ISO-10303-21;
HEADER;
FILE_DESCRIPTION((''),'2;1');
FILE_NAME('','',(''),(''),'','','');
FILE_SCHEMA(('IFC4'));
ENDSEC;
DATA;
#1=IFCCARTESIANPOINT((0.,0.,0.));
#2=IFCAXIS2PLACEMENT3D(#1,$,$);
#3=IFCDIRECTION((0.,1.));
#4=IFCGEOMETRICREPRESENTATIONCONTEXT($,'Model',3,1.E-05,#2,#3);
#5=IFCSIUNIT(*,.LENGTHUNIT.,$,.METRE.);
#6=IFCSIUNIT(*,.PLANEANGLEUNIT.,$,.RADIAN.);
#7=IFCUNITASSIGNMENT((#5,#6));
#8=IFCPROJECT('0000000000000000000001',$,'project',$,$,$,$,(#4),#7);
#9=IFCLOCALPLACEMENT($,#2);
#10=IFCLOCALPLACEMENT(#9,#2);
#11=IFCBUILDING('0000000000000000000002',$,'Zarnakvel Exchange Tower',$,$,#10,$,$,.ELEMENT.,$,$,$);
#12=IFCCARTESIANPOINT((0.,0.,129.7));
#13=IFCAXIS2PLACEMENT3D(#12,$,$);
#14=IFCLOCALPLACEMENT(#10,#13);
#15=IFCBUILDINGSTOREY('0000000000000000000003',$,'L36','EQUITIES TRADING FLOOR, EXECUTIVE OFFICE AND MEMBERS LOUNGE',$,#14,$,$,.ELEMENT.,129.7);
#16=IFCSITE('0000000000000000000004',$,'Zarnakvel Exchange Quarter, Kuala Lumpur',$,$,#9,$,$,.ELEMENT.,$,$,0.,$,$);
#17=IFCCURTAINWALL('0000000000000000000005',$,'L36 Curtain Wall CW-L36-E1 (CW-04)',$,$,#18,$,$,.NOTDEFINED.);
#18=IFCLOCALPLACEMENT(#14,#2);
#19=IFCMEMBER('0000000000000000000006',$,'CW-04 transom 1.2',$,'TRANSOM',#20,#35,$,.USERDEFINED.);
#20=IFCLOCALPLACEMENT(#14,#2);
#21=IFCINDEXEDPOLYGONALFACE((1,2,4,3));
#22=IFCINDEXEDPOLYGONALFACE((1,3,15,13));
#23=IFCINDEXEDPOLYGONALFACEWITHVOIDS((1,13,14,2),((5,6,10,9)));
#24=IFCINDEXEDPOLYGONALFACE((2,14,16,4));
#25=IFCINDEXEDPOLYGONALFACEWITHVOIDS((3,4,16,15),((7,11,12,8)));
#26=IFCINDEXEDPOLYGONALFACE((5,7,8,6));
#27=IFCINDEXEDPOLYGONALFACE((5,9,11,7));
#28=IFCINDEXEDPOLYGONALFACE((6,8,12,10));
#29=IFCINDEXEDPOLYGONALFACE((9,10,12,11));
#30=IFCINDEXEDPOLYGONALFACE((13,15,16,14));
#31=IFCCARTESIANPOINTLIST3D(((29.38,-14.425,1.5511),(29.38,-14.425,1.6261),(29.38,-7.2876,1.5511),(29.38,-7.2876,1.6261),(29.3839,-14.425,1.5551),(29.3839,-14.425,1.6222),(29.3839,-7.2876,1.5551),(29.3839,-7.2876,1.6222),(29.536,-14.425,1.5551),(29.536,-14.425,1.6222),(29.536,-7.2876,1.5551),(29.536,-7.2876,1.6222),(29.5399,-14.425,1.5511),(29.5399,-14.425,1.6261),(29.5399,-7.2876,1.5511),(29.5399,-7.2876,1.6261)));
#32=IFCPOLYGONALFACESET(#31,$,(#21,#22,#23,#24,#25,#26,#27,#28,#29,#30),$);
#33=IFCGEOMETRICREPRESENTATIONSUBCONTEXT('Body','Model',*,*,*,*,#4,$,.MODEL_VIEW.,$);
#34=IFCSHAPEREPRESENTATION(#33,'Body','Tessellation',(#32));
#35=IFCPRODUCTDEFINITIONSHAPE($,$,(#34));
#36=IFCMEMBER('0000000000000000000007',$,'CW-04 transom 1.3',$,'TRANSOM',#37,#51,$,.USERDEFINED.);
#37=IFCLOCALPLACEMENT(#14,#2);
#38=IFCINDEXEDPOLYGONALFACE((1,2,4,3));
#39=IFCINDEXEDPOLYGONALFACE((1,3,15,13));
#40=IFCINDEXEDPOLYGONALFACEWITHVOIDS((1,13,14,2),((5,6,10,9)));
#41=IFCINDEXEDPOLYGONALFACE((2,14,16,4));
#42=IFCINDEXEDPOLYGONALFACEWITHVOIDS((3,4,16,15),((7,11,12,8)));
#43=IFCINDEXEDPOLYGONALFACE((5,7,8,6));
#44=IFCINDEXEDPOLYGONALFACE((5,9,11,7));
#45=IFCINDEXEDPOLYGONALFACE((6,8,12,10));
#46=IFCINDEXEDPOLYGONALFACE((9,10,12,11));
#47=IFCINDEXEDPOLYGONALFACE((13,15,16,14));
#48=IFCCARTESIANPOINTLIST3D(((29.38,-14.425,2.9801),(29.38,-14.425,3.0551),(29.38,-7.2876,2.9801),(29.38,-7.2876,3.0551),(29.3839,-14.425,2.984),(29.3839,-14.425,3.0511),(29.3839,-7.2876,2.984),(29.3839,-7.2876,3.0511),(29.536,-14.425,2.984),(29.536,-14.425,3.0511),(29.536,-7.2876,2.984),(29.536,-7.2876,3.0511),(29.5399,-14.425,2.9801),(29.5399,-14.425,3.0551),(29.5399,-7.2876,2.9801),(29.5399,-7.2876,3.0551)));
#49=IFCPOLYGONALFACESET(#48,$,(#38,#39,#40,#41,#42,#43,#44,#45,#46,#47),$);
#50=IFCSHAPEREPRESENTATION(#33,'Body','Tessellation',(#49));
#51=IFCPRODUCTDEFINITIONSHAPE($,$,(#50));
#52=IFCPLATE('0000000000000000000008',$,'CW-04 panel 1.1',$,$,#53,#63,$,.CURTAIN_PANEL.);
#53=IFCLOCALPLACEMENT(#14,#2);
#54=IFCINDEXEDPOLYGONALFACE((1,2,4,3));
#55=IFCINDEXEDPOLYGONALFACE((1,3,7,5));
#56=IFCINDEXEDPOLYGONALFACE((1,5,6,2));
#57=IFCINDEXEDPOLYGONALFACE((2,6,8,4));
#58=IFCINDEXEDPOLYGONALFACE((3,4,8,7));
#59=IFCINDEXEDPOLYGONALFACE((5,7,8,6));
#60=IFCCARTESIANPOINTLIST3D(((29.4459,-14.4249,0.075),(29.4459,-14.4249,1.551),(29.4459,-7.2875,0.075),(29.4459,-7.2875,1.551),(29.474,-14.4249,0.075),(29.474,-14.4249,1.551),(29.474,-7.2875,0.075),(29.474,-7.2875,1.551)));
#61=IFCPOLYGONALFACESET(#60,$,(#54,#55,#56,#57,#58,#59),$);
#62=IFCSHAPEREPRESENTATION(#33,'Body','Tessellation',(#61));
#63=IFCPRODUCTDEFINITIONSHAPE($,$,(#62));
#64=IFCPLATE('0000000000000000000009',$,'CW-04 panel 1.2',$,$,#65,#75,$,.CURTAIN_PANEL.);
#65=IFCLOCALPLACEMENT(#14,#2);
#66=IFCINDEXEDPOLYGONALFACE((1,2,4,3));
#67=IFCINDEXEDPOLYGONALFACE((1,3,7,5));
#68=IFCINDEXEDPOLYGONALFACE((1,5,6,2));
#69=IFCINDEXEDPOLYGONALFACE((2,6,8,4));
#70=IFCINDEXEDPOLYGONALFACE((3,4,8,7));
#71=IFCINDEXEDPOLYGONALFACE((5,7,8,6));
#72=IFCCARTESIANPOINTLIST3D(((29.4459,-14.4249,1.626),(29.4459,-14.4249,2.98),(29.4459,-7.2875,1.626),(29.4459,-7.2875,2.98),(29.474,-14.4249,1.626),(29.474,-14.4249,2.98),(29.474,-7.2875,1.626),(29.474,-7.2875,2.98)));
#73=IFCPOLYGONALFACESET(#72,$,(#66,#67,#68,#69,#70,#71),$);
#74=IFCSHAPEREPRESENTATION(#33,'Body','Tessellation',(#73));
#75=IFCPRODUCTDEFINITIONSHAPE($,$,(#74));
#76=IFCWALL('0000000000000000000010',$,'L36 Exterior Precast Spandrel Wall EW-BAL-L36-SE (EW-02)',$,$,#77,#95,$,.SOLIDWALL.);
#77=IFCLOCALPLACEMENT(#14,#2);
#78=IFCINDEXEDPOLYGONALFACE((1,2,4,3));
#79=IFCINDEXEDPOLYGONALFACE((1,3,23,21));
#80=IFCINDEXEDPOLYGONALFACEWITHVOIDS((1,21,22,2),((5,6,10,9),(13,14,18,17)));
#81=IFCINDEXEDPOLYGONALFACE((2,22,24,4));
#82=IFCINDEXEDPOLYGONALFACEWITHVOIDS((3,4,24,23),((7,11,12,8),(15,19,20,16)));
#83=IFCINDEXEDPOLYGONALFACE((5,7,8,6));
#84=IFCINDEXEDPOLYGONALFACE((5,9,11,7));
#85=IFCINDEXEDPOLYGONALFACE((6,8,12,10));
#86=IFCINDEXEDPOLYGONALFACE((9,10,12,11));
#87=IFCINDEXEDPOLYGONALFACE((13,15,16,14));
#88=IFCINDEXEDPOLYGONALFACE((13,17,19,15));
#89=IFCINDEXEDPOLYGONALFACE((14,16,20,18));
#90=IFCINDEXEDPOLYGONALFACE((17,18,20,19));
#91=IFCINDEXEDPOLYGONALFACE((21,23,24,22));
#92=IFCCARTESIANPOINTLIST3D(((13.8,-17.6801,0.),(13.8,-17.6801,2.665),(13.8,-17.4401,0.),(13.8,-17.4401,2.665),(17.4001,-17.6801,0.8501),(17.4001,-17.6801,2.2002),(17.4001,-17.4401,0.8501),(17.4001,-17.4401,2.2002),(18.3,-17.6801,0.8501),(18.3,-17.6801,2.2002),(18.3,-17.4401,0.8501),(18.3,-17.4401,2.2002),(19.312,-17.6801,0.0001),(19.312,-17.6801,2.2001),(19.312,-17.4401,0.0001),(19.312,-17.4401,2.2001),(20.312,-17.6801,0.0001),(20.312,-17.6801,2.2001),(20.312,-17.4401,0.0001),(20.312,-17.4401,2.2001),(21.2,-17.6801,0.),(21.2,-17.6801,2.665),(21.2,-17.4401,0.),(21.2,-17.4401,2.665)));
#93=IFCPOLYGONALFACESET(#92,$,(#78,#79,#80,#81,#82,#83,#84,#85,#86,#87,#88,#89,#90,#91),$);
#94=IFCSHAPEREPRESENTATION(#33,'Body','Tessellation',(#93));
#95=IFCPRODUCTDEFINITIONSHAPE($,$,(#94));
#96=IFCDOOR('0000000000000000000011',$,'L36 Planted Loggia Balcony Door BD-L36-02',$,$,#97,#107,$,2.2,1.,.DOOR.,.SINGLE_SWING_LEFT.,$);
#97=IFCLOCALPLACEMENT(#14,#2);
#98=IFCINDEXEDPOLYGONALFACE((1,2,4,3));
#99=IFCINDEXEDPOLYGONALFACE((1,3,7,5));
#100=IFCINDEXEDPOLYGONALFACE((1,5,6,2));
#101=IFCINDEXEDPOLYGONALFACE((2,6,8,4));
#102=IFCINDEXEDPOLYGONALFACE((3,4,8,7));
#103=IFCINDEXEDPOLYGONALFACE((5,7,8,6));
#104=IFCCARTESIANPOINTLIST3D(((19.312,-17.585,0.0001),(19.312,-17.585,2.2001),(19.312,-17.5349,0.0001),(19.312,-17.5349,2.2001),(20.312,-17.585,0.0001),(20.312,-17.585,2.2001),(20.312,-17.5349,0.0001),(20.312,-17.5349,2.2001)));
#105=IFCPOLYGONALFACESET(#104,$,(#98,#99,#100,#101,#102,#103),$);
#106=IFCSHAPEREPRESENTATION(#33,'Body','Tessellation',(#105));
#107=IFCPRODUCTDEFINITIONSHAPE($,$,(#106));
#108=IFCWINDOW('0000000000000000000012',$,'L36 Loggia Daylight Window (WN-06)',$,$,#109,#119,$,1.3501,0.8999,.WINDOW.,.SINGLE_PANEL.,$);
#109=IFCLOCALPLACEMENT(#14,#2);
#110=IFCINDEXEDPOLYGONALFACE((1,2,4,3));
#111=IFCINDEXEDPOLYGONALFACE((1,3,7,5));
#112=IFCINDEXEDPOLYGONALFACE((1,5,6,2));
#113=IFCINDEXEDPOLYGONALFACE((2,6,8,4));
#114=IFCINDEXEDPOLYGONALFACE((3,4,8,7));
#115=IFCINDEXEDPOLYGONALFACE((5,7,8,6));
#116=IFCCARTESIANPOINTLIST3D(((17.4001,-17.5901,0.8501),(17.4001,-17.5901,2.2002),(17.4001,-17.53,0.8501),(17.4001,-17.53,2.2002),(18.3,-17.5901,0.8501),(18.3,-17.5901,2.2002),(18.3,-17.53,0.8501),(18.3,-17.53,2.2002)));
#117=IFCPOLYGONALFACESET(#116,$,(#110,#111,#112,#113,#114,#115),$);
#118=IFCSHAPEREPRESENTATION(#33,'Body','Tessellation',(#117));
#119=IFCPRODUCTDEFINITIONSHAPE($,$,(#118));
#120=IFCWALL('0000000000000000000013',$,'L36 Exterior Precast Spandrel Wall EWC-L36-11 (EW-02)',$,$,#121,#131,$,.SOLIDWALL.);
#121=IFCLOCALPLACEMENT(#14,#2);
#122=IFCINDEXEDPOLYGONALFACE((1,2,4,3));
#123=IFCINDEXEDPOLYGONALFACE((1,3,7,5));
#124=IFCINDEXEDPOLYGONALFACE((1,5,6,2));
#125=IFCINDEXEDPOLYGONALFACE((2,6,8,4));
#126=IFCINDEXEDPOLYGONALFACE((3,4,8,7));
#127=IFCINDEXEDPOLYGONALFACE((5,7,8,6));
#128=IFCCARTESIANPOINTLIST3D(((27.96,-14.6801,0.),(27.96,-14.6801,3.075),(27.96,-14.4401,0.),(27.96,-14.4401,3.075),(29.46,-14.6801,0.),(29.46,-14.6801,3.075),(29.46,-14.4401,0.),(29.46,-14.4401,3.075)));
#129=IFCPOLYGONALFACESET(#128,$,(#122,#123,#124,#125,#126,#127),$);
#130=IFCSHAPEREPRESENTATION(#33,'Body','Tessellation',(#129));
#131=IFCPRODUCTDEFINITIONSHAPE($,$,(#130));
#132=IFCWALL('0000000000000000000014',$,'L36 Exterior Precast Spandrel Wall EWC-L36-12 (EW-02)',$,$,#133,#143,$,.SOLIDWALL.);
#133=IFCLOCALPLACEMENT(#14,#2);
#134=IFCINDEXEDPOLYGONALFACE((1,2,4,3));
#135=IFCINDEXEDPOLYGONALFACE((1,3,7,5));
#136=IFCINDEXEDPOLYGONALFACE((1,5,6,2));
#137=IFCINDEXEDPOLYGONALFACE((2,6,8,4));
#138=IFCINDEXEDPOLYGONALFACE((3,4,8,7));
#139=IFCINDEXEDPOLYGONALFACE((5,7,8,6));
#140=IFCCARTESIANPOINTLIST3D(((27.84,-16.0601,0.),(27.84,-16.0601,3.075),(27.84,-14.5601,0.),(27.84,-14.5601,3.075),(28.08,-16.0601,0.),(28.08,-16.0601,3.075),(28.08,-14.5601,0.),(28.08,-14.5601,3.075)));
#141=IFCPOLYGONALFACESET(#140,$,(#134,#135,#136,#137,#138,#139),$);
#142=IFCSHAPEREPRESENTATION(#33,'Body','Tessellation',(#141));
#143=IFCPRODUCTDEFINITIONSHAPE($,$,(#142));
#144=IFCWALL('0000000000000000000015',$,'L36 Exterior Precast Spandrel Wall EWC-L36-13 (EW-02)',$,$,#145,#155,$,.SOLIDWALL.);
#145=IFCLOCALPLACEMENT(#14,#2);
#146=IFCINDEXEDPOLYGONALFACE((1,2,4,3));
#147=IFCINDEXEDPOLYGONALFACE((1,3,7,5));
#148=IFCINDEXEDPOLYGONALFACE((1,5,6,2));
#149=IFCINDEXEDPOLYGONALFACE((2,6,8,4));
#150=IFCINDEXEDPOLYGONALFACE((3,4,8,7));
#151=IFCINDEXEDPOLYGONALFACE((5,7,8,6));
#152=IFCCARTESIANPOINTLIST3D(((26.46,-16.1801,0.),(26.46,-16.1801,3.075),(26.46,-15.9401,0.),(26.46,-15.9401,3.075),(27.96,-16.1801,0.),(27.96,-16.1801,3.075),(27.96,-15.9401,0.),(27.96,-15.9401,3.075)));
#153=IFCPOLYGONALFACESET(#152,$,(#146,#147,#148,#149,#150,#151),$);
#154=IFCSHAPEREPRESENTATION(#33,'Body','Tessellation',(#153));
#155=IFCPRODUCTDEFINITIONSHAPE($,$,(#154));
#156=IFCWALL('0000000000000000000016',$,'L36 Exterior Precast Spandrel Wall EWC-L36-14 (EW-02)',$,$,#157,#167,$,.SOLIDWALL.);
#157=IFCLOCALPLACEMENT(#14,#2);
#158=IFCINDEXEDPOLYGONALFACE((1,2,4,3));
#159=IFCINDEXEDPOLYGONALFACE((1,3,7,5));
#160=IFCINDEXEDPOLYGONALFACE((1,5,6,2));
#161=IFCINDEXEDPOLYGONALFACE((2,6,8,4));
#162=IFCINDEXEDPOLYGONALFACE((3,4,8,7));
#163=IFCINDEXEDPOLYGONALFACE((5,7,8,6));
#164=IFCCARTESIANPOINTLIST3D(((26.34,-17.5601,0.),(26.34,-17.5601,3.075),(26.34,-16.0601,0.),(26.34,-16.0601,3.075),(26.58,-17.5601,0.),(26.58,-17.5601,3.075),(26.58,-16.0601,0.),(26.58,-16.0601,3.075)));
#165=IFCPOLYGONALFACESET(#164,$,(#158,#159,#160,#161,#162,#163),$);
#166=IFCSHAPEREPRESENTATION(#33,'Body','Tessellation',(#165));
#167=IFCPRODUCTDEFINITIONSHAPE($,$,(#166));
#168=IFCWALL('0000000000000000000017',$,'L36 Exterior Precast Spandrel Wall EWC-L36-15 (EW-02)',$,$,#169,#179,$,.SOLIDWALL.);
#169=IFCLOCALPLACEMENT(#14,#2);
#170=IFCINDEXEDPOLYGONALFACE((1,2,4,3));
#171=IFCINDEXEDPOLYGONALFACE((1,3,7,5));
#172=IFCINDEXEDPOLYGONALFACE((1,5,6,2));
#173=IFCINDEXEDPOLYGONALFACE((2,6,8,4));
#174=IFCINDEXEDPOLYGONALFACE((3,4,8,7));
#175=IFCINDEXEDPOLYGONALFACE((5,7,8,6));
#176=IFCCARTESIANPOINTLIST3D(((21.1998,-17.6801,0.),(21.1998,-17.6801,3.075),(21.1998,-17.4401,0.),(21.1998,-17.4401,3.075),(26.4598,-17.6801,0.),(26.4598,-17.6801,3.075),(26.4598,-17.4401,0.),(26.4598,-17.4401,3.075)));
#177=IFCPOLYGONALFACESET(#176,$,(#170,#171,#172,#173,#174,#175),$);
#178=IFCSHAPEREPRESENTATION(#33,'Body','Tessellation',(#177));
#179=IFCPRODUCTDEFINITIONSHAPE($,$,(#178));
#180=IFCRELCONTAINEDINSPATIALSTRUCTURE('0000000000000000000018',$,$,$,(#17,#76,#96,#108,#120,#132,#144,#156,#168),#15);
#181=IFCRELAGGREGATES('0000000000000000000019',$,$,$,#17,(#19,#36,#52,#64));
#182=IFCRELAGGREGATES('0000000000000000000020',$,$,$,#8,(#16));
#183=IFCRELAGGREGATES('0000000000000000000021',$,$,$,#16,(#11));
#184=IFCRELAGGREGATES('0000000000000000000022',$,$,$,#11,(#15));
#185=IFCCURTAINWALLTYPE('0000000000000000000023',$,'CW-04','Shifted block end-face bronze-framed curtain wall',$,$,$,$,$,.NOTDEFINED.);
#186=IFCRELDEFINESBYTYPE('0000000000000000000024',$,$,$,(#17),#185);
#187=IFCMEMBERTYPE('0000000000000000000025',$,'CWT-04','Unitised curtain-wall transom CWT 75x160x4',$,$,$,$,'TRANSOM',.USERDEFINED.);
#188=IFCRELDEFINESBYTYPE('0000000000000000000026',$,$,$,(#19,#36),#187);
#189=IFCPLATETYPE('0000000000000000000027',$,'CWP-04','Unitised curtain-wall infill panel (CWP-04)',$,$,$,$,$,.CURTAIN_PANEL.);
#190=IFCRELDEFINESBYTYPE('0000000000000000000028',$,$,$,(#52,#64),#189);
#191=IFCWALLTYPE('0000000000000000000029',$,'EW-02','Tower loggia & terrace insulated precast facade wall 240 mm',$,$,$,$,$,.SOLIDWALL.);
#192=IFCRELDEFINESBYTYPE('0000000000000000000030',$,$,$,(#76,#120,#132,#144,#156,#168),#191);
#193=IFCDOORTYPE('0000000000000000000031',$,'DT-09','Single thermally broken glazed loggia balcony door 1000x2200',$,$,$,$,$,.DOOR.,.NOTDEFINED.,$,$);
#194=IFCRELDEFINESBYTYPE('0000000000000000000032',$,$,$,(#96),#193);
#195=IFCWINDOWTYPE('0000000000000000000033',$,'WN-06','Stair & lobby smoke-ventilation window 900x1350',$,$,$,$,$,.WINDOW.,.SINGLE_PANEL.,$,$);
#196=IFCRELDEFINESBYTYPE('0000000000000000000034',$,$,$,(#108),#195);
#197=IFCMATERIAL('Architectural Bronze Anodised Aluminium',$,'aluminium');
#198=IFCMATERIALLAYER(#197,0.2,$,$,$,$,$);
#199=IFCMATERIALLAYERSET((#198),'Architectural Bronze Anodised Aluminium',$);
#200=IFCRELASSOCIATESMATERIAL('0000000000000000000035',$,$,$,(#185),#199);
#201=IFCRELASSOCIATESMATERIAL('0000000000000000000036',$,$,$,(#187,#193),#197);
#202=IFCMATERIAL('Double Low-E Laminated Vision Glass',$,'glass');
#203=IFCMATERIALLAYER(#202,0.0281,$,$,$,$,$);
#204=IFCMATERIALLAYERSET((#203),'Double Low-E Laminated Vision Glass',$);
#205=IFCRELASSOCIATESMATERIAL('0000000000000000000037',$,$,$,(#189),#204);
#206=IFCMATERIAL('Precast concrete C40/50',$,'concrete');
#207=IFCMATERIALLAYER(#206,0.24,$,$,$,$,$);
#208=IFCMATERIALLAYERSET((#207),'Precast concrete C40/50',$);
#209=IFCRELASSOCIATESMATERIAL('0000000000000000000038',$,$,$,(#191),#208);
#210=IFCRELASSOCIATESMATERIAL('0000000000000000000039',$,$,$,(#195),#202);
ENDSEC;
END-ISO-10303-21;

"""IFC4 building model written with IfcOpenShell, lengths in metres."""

from ifc_helpers import new_model, si_unit, direction, frame, frame_2d, origin, origin_2d, place, context, subcontext, project, spatial, rectangle, hollow_rectangle, extrude, source, transform, mapped, material, layer, layer_set, material_profile, profile_set, type_object, element, fill, aggregate, save


model = new_model("IFC4")

# Units and contexts
model_context = context("Model", 3, precision=1e-05, world=origin(), true_north=direction((0.0, 1.0)))
body_context = subcontext(model_context, "Body", "Model", "MODEL_VIEW")
ifc_project = project(units=[si_unit("LENGTHUNIT", "METRE"), si_unit("PLANEANGLEUNIT", "RADIAN")], contexts=[model_context])

# Site, building, storey
site_placement = place(None, origin())
site = spatial("IfcSite", under=ifc_project, at=site_placement, Name="Zarnakvel Exchange Quarter, Kuala Lumpur", CompositionType="ELEMENT", RefElevation=0.0)
building_placement = place(site_placement, origin())
building = spatial("IfcBuilding", under=site, at=building_placement, Name="Zarnakvel Exchange Tower", CompositionType="ELEMENT")
storey_placement = place(building_placement, frame((0.0, 0.0, 129.7)))
storey = spatial("IfcBuildingStorey", under=building, at=storey_placement, Name="L36", Description="EQUITIES TRADING FLOOR, EXECUTIVE OFFICE AND MEMBERS LOUNGE", CompositionType="ELEMENT", Elevation=129.7)

# Curtain wall, members, plates
ifc_material_1 = material(Name="Architectural Bronze Anodised Aluminium", Category="aluminium")
ifc_layer_1 = layer(ifc_material_1, 0.2)
ifc_layer_set_1 = layer_set([ifc_layer_1], Name="Architectural Bronze Anodised Aluminium")
curtain_wall_type = type_object("IfcCurtainWallType", Name="CW-04", Description="Shifted block end-face bronze-framed curtain wall", PredefinedType="NOTDEFINED", material=ifc_layer_set_1)
curtain_wall_placement = place(storey_placement, origin())
curtain_wall = element("IfcCurtainWall", 1, at=curtain_wall_placement, inside=storey, type_object=curtain_wall_type, Name="L36 Curtain Wall CW-L36-E1 (CW-04)", PredefinedType="NOTDEFINED")
ifc_material_profile_1 = material_profile(ifc_material_1, hollow_rectangle(XDim=0.1599, YDim=0.075, WallThickness=0.0039, at=origin_2d()))
ifc_profile_set_1 = profile_set([ifc_material_profile_1], Name="Architectural Bronze Anodised Aluminium")
member_type_1 = type_object("IfcMemberType", Name="CWT-04", Description="Unitised curtain-wall transom CWT 75x160x4", ElementType="TRANSOM", PredefinedType="USERDEFINED", material=ifc_profile_set_1)
shared_shape_1 = source(origin(), body_context, "Body", "SweptSolid", [
    extrude(hollow_rectangle(XDim=0.1599, YDim=0.075, WallThickness=0.0039, at=origin_2d()), origin(), (0.0, 0.0, 1.0), 7.1375),
])
member_1_placement = place(storey_placement, frame((29.46, -14.425, 1.5886), z_axis=(0.0, 1.0, 0.0), x_axis=(-1.0, 0.0, 0.0)))
member_1 = element("IfcMember", 2, at=member_1_placement, type_object=member_type_1, Name="CW-04 transom 1.2", ObjectType="TRANSOM", PredefinedType="USERDEFINED", context=body_context, shape_type="MappedRepresentation", body=[
    mapped(shared_shape_1, transform((0.0, 0.0, 0.0), x_axis=(1.0, 0.0, 0.0), y_axis=(0.0, 1.0, 0.0), z_axis=(0.0, 0.0, 1.0), scale=1.0)),
])
member_2_placement = place(storey_placement, frame((29.46, -14.425, 3.0176), z_axis=(0.0, 1.0, 0.0), x_axis=(-1.0, 0.0, 0.0)))
member_2 = element("IfcMember", 3, at=member_2_placement, type_object=member_type_1, Name="CW-04 transom 1.3", ObjectType="TRANSOM", PredefinedType="USERDEFINED", context=body_context, shape_type="MappedRepresentation", body=[
    mapped(shared_shape_1, transform((0.0, 0.0, 0.0), x_axis=(1.0, 0.0, 0.0), y_axis=(0.0, 1.0, 0.0), z_axis=(0.0, 0.0, 1.0), scale=1.0)),
])
ifc_material_2 = material(Name="Double Low-E Laminated Vision Glass", Category="glass")
ifc_layer_2 = layer(ifc_material_2, 0.0281)
ifc_layer_set_2 = layer_set([ifc_layer_2], Name="Double Low-E Laminated Vision Glass")
plate_type = type_object("IfcPlateType", Name="CWP-04", Description="Unitised curtain-wall infill panel (CWP-04)", PredefinedType="CURTAIN_PANEL", material=ifc_layer_set_2)
shared_shape_2 = source(origin(), body_context, "Body", "SweptSolid", [
    extrude(rectangle(XDim=7.1375, YDim=0.0281, at=origin_2d()), origin(), (0.0, 0.0, 1.0), 1.4761),
])
plate_1_placement = place(storey_placement, frame((29.46, -10.8562, 0.075), z_axis=(0.0, 0.0, 1.0), x_axis=(0.0, 1.0, 0.0)))
plate_1 = element("IfcPlate", 4, at=plate_1_placement, type_object=plate_type, Name="CW-04 panel 1.1", PredefinedType="CURTAIN_PANEL", context=body_context, shape_type="MappedRepresentation", body=[
    mapped(shared_shape_2, transform((0.0, 0.0, 0.0), x_axis=(1.0, 0.0, 0.0), y_axis=(0.0, 1.0, 0.0), z_axis=(0.0, 0.0, 1.0), scale=1.0)),
])
shared_shape_3 = source(origin(), body_context, "Body", "SweptSolid", [
    extrude(rectangle(XDim=7.1375, YDim=0.0281, at=origin_2d()), origin(), (0.0, 0.0, 1.0), 1.354),
])
plate_2_placement = place(storey_placement, frame((29.46, -10.8562, 1.626), z_axis=(0.0, 0.0, 1.0), x_axis=(0.0, 1.0, 0.0)))
plate_2 = element("IfcPlate", 5, at=plate_2_placement, type_object=plate_type, Name="CW-04 panel 1.2", PredefinedType="CURTAIN_PANEL", context=body_context, shape_type="MappedRepresentation", body=[
    mapped(shared_shape_3, transform((0.0, 0.0, 0.0), x_axis=(1.0, 0.0, 0.0), y_axis=(0.0, 1.0, 0.0), z_axis=(0.0, 0.0, 1.0), scale=1.0)),
])
aggregate(curtain_wall, [member_1, member_2, plate_1, plate_2])

# Wall, openings, door, window
ifc_material_3 = material(Name="Precast concrete C40/50", Category="concrete")
ifc_layer_3 = layer(ifc_material_3, 0.24)
ifc_layer_set_3 = layer_set([ifc_layer_3], Name="Precast concrete C40/50")
wall_type = type_object("IfcWallType", Name="EW-02", Description="Tower loggia & terrace insulated precast facade wall 240 mm", PredefinedType="SOLIDWALL", material=ifc_layer_set_3)
wall_1_placement = place(storey_placement, frame((21.2, -17.5601, 0.0), z_axis=(0.0, 0.0, 1.0), x_axis=(-1.0, 0.0, 0.0)))
wall_1 = element("IfcWall", 6, at=wall_1_placement, inside=storey, type_object=wall_type, Name="L36 Exterior Precast Spandrel Wall EW-BAL-L36-SE (EW-02)", PredefinedType="SOLIDWALL", context=body_context, shape_type="SweptSolid", body=[
    extrude(rectangle(XDim=7.3999, YDim=0.24, at=frame_2d((3.7, 0.0))), origin(), (0.0, 0.0, 1.0), 2.665),
])
opening_1_placement = place(wall_1_placement, frame((0.8879, 0.0, 0.0)))
opening_1 = element("IfcOpeningElement", 7, at=opening_1_placement, cuts=wall_1, PredefinedType="OPENING", context=body_context, shape_type="SweptSolid", body=[
    extrude(rectangle(XDim=1.0, YDim=2.2, at=frame_2d((0.5, 1.1001))), frame((0.0, 0.1299, 0.0), z_axis=(0.0, -1.0, 0.0), x_axis=(1.0, 0.0, 0.0)), (0.0, 0.0, 1.0), 0.26),
])
opening_2_placement = place(wall_1_placement, frame((2.8999, 0.0, 0.8501)))
opening_2 = element("IfcOpeningElement", 8, at=opening_2_placement, cuts=wall_1, PredefinedType="OPENING", context=body_context, shape_type="SweptSolid", body=[
    extrude(rectangle(XDim=0.8999, YDim=1.3501, at=frame_2d((0.45, 0.675))), frame((0.0, 0.1299, 0.0), z_axis=(0.0, -1.0, 0.0), x_axis=(1.0, 0.0, 0.0)), (0.0, 0.0, 1.0), 0.26),
])
door_type = type_object("IfcDoorType", Name="DT-09", Description="Single thermally broken glazed loggia balcony door 1000x2200", OperationType="NOTDEFINED", PredefinedType="DOOR", material=ifc_material_1)
shared_shape_4 = source(origin(), body_context, "Body", "SweptSolid", [
    extrude(rectangle(XDim=1.0, YDim=2.2, at=frame_2d((0.5, 1.1001))), frame((0.0, 0.0249, 0.0), z_axis=(0.0, -1.0, 0.0), x_axis=(1.0, 0.0, 0.0)), (0.0, 0.0, 1.0), 0.05),
])
door_placement = place(opening_1_placement, origin())
door = element("IfcDoor", 9, at=door_placement, inside=storey, type_object=door_type, Name="L36 Planted Loggia Balcony Door BD-L36-02", OperationType="SINGLE_SWING_LEFT", OverallHeight=2.2, OverallWidth=1.0, PredefinedType="DOOR", context=body_context, shape_type="MappedRepresentation", body=[
    mapped(shared_shape_4, transform((0.0, 0.0, 0.0), x_axis=(1.0, 0.0, 0.0), y_axis=(0.0, 1.0, 0.0), z_axis=(0.0, 0.0, 1.0), scale=1.0)),
])
fill(opening_1, door)
window_type = type_object("IfcWindowType", Name="WN-06", Description="Stair & lobby smoke-ventilation window 900x1350", PartitioningType="SINGLE_PANEL", PredefinedType="WINDOW", material=ifc_material_2)
shared_shape_5 = source(origin(), body_context, "Body", "SweptSolid", [
    extrude(rectangle(XDim=0.8999, YDim=1.3501, at=frame_2d((0.45, 0.675))), frame((0.0, 0.03, 0.0), z_axis=(0.0, -1.0, 0.0), x_axis=(1.0, 0.0, 0.0)), (0.0, 0.0, 1.0), 0.0601),
])
window_placement = place(opening_2_placement, origin())
window = element("IfcWindow", 10, at=window_placement, inside=storey, type_object=window_type, Name="L36 Loggia Daylight Window (WN-06)", OverallHeight=1.3501, OverallWidth=0.8999, PartitioningType="SINGLE_PANEL", PredefinedType="WINDOW", context=body_context, shape_type="MappedRepresentation", body=[
    mapped(shared_shape_5, transform((0.0, 0.0, 0.0), x_axis=(1.0, 0.0, 0.0), y_axis=(0.0, 1.0, 0.0), z_axis=(0.0, 0.0, 1.0), scale=1.0)),
])
fill(opening_2, window)

# Walls
for number, where, z_axis, x_axis, name in (
    (11, (27.96, -14.5601, 0.0), (0.0, 0.0, 1.0), (1.0, 0.0, 0.0), "L36 Exterior Precast Spandrel Wall EWC-L36-11 (EW-02)"),
    (12, (27.96, -16.0601, 0.0), (0.0, 0.0, 1.0), (0.0, 1.0, 0.0), "L36 Exterior Precast Spandrel Wall EWC-L36-12 (EW-02)"),
    (13, (26.46, -16.0601, 0.0), (0.0, 0.0, 1.0), (1.0, 0.0, 0.0), "L36 Exterior Precast Spandrel Wall EWC-L36-13 (EW-02)"),
    (14, (26.46, -17.5601, 0.0), (0.0, 0.0, 1.0), (0.0, 1.0, 0.0), "L36 Exterior Precast Spandrel Wall EWC-L36-14 (EW-02)"),
):
    element("IfcWall", number, at=place(storey_placement, frame(where, z_axis=z_axis, x_axis=x_axis)), inside=storey, type_object=wall_type, Name=name, PredefinedType="SOLIDWALL", context=body_context, shape_type="SweptSolid", body=[
        extrude(rectangle(XDim=1.5, YDim=0.24, at=frame_2d((0.75, 0.0))), origin(), (0.0, 0.0, 1.0), 3.075),
    ])
wall_2_placement = place(storey_placement, frame((21.2, -17.5601, 0.0), z_axis=(0.0, 0.0, 1.0), x_axis=(1.0, 0.0, 0.0)))
element("IfcWall", 15, at=wall_2_placement, inside=storey, type_object=wall_type, Name="L36 Exterior Precast Spandrel Wall EWC-L36-15 (EW-02)", PredefinedType="SOLIDWALL", context=body_context, shape_type="SweptSolid", body=[
    extrude(rectangle(XDim=5.26, YDim=0.24, at=frame_2d((2.6299, 0.0))), origin(), (0.0, 0.0, 1.0), 3.075),
])

save(model, "model.ifc")
